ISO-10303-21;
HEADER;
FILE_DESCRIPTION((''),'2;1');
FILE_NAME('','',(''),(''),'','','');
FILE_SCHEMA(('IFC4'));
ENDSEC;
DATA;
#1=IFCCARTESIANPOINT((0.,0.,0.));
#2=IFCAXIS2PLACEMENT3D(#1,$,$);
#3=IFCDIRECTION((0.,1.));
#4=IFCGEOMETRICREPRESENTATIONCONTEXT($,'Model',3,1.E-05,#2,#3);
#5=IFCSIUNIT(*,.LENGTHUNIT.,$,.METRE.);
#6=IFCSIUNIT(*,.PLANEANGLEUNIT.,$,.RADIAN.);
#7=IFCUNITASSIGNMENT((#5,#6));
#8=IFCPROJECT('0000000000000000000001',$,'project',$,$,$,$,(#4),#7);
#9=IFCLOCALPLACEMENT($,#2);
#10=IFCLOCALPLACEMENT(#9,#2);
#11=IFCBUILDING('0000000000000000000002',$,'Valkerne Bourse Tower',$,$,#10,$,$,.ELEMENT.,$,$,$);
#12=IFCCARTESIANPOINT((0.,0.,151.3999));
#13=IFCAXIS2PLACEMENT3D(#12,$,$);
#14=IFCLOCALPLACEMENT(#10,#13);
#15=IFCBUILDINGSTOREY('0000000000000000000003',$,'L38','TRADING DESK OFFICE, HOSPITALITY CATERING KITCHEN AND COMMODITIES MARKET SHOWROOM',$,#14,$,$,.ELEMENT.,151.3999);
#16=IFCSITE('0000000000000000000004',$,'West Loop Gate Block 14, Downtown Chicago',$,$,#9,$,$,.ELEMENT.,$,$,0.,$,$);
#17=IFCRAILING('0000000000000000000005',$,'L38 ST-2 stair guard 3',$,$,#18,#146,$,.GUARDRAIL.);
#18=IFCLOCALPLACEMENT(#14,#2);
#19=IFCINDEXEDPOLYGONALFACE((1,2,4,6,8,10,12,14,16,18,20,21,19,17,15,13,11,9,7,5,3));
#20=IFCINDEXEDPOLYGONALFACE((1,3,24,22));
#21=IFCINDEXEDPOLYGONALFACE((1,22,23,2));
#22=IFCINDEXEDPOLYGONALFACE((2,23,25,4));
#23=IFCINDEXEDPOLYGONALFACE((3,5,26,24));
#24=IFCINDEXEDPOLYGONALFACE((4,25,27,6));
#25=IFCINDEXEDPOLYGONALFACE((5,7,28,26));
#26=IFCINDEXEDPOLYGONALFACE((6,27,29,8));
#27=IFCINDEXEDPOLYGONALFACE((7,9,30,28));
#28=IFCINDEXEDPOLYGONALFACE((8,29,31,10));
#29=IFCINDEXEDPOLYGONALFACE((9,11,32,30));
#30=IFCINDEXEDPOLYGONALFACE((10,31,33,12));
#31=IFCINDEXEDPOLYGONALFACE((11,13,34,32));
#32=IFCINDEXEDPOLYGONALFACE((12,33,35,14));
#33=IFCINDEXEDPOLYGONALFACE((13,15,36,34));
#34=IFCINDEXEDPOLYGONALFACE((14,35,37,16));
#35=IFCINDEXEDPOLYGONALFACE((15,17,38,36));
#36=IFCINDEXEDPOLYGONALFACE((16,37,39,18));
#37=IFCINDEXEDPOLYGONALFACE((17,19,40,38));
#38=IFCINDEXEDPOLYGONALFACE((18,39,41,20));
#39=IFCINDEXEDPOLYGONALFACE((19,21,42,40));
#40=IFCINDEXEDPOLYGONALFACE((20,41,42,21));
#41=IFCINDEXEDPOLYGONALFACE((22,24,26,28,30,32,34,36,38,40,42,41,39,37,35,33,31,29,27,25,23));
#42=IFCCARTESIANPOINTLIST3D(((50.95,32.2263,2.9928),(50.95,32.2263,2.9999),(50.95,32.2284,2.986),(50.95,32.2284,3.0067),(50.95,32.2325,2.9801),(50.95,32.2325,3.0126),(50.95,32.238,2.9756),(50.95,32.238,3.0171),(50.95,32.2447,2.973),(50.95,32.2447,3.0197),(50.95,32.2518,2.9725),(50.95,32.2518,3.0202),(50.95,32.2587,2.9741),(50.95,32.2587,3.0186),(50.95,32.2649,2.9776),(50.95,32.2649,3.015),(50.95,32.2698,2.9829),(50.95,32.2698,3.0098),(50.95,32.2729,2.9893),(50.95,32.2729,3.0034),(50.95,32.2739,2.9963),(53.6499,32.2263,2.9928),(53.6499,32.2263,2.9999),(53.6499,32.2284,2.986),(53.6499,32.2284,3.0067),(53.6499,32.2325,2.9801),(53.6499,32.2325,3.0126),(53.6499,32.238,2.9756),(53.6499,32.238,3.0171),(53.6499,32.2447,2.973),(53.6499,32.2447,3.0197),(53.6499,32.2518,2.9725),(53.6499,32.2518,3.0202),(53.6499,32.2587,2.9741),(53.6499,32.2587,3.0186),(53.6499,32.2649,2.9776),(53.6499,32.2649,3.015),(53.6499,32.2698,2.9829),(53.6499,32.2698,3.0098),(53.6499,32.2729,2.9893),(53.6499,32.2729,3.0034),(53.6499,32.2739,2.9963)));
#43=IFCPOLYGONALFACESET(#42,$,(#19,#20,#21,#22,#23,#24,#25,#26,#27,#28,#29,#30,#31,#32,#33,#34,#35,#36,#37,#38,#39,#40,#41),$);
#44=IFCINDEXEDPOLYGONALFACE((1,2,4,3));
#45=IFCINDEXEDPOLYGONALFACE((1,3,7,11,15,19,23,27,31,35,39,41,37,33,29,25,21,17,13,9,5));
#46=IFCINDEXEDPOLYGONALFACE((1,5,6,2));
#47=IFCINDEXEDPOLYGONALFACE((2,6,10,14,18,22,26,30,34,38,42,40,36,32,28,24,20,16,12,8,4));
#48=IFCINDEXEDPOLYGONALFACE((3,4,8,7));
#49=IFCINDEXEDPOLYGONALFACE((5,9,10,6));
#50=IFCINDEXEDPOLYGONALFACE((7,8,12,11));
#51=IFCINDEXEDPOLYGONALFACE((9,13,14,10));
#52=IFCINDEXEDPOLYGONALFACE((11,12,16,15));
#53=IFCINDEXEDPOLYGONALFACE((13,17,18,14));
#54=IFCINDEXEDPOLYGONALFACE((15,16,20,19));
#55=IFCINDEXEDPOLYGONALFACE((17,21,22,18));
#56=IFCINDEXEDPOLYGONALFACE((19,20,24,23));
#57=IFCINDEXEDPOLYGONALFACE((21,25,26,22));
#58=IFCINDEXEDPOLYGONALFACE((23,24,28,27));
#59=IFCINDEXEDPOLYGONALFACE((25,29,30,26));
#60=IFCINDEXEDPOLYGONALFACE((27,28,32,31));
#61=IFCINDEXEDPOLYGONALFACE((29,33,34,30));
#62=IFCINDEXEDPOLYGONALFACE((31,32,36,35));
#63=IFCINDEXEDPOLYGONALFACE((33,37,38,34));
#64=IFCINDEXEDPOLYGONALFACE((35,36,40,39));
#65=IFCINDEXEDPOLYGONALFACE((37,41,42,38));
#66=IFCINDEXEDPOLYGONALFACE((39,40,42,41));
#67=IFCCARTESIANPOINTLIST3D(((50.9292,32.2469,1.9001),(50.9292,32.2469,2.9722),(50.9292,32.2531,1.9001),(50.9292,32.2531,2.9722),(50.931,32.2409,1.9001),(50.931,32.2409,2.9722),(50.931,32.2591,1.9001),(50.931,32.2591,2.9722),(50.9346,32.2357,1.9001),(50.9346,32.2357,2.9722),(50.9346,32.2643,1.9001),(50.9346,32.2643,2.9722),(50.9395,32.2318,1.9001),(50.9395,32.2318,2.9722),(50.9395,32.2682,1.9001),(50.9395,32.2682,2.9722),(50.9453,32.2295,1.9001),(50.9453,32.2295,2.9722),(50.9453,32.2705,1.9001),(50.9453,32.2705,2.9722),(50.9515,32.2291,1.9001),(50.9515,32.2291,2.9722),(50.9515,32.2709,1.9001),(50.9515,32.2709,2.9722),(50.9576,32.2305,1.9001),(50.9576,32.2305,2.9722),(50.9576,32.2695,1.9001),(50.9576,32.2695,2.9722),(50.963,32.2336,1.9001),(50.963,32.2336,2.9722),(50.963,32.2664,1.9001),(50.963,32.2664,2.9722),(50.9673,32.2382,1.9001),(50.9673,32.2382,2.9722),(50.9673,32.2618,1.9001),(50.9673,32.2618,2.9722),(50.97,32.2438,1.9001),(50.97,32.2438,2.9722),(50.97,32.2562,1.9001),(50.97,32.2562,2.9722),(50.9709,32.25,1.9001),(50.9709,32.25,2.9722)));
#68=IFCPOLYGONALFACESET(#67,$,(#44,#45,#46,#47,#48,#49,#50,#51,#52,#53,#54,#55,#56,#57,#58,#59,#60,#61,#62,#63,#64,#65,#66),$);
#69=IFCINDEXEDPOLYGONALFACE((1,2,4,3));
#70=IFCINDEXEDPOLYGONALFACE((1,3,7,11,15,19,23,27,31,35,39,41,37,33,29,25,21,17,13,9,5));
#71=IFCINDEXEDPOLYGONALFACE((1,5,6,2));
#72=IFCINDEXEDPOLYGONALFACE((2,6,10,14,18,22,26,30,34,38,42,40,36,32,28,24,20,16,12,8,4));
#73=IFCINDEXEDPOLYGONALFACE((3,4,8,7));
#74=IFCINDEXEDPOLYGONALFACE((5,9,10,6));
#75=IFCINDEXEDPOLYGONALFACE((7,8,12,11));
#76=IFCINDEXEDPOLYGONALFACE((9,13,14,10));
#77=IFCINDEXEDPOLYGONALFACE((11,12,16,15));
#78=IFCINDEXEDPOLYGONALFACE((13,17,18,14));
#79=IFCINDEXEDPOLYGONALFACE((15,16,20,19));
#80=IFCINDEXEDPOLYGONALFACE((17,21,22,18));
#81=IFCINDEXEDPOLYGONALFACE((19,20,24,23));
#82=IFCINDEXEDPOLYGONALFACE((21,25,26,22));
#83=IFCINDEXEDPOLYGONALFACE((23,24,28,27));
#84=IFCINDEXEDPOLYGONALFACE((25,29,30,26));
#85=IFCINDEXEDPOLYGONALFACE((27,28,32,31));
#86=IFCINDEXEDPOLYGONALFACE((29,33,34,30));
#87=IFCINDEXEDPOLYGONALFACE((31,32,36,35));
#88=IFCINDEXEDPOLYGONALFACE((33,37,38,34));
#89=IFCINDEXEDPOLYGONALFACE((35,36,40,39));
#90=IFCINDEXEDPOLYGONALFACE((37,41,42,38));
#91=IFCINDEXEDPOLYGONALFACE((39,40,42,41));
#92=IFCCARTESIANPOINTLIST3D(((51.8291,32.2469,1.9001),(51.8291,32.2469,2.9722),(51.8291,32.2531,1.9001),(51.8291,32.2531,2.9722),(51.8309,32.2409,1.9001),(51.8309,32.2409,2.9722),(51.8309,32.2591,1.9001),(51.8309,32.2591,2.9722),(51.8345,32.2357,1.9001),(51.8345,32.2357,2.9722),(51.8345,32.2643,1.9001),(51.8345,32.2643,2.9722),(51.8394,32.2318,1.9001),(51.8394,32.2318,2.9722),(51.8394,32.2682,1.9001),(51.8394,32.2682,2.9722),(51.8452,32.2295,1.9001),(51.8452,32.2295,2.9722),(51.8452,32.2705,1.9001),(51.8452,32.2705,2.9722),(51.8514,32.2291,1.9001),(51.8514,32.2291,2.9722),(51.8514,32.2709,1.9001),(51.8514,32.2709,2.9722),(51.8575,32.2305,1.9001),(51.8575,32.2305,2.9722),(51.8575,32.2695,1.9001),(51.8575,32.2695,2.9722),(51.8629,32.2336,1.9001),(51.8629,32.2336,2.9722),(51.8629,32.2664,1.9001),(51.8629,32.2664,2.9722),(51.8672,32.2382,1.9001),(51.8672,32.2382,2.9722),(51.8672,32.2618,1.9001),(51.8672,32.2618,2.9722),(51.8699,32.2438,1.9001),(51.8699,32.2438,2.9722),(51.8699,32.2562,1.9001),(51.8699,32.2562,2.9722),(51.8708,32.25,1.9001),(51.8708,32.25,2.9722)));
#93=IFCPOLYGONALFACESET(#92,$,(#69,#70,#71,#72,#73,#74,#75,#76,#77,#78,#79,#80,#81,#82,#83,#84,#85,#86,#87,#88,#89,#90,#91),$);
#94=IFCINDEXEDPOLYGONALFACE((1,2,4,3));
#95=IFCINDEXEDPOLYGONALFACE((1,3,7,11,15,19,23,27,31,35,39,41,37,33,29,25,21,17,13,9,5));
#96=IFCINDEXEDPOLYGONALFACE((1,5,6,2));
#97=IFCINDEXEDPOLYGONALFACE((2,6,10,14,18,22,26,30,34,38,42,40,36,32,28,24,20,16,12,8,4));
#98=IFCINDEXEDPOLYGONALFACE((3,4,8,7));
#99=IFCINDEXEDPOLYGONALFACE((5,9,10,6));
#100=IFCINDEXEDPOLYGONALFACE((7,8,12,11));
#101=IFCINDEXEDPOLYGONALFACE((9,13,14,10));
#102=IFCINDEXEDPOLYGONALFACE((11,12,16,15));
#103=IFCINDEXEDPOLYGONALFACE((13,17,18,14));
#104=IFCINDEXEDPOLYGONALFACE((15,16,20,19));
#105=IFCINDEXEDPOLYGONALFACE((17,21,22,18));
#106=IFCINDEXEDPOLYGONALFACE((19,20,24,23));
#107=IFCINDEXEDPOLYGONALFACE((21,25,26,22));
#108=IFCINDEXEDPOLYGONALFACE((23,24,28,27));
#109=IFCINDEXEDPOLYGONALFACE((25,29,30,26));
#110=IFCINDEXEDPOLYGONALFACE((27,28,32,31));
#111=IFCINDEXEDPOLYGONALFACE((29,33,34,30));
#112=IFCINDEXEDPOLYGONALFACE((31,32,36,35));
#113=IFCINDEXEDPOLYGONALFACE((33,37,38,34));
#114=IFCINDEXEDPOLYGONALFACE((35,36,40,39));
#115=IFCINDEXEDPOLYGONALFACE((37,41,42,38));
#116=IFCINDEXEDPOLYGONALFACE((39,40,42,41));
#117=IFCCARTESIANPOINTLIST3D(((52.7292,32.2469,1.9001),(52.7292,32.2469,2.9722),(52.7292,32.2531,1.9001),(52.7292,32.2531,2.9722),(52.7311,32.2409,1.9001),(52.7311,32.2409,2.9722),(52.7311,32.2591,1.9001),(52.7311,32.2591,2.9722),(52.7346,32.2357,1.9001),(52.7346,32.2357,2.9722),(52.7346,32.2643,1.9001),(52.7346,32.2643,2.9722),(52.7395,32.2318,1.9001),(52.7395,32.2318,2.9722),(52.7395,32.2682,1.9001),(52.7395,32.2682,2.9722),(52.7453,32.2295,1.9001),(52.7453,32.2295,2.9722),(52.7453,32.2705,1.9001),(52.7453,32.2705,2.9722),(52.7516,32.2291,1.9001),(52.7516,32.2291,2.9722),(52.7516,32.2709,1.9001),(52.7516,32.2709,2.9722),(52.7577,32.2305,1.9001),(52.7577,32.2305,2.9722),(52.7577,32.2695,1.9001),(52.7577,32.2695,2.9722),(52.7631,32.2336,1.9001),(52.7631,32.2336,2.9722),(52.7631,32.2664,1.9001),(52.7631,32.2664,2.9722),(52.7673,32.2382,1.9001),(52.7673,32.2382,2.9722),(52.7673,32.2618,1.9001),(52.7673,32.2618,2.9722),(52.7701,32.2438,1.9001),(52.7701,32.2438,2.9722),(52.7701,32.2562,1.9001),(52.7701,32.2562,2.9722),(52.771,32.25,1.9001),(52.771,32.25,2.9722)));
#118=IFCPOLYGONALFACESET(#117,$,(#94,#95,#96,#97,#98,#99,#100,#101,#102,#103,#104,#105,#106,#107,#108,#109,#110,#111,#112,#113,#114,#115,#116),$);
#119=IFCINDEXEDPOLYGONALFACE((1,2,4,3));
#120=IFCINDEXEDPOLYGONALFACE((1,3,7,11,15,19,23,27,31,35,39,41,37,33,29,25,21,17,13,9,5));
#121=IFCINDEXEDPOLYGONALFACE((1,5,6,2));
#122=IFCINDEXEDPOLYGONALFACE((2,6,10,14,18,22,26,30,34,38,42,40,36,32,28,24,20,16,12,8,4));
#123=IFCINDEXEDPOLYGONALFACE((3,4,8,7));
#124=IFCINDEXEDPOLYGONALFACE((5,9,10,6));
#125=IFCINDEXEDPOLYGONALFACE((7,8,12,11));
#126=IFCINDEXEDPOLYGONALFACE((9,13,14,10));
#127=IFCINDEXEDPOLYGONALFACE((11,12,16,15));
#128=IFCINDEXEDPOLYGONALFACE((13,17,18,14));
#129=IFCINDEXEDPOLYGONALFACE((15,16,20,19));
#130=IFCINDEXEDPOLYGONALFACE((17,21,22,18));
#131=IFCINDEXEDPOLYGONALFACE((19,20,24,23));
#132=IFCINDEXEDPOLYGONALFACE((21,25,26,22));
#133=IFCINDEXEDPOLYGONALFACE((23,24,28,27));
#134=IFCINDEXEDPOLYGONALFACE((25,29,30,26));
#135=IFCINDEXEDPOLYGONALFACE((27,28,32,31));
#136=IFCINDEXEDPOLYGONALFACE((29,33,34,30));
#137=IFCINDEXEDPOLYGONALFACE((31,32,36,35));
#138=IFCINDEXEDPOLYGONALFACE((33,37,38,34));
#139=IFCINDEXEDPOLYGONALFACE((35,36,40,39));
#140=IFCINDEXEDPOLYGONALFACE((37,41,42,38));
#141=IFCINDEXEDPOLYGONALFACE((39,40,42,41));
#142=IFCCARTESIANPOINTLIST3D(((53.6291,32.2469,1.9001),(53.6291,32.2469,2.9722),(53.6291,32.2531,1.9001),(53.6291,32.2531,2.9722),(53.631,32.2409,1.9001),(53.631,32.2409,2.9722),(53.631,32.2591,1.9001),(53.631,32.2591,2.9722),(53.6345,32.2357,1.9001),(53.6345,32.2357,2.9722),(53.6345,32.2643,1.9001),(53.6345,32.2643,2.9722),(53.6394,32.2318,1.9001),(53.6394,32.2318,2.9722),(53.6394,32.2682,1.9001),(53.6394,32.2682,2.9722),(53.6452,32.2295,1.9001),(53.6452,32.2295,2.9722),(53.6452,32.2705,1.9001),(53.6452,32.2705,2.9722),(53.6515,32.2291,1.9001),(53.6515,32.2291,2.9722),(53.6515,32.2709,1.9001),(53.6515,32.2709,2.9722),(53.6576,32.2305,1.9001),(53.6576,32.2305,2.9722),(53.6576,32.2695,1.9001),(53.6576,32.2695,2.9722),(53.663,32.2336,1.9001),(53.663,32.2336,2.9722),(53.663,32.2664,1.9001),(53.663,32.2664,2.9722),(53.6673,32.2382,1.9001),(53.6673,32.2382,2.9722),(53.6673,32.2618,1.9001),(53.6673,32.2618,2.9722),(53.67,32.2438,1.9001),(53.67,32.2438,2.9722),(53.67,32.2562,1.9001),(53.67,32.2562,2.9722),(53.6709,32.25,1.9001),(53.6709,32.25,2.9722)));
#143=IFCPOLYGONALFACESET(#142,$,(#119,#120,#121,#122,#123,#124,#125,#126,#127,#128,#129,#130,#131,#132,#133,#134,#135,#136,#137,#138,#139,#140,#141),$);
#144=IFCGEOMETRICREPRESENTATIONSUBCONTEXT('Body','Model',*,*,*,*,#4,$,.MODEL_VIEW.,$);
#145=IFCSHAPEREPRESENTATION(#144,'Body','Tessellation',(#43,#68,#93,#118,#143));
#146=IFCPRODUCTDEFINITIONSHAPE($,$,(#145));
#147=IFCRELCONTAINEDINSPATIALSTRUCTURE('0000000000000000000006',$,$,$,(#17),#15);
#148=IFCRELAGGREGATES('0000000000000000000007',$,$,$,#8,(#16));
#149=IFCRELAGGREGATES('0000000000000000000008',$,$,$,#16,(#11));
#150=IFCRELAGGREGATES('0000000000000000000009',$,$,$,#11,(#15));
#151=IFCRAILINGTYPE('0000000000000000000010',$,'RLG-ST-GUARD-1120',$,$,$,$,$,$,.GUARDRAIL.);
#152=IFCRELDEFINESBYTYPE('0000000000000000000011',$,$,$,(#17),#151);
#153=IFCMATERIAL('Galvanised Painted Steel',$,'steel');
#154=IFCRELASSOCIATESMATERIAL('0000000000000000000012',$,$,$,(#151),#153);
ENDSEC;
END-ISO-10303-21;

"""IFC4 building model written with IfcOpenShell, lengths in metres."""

from ifc_helpers import new_model, si_unit, direction, frame, origin, origin_2d, place, context, subcontext, project, spatial, circle, extrude, material, type_object, element, save


model = new_model("IFC4")

# Units and contexts
model_context = context("Model", 3, precision=1e-05, world=origin(), true_north=direction((0.0, 1.0)))
body_context = subcontext(model_context, "Body", "Model", "MODEL_VIEW")
ifc_project = project(units=[si_unit("LENGTHUNIT", "METRE"), si_unit("PLANEANGLEUNIT", "RADIAN")], contexts=[model_context])

# Site, building, storey
site_placement = place(None, origin())
site = spatial("IfcSite", under=ifc_project, at=site_placement, Name="West Loop Gate Block 14, Downtown Chicago", CompositionType="ELEMENT", RefElevation=0.0)
building_placement = place(site_placement, origin())
building = spatial("IfcBuilding", under=site, at=building_placement, Name="Valkerne Bourse Tower", CompositionType="ELEMENT")
storey_placement = place(building_placement, frame((0.0, 0.0, 151.3999)))
storey = spatial("IfcBuildingStorey", under=building, at=storey_placement, Name="L38", Description="TRADING DESK OFFICE, HOSPITALITY CATERING KITCHEN AND COMMODITIES MARKET SHOWROOM", CompositionType="ELEMENT", Elevation=151.3999)

# Shared definitions
ifc_material_1 = material(Name="Galvanised Painted Steel", Category="steel")

# Railing
railing_type_1 = type_object("IfcRailingType", Name="RLG-ST-GUARD-1120", PredefinedType="GUARDRAIL", material=ifc_material_1)
for number, where, name in (
    (1, (50.95, 32.25, 1.9001), "L38 ST-2 stair guard 3"),
):
    element("IfcRailing", number, at=place(storey_placement, frame(where)), inside=storey, type_object=railing_type_1, Name=name, PredefinedType="GUARDRAIL", context=body_context, shape_type="SweptSolid", body=[
        extrude(circle(Radius=0.0239, at=origin_2d()), frame((0.0, 0.0, 1.0962), z_axis=(1.0, 0.0, 0.0), x_axis=(0.0, 1.0, 0.0)), (0.0, 0.0, 1.0), 2.7),
        extrude(circle(Radius=0.021, at=origin_2d()), origin(), (0.0, 0.0, 1.0), 1.072),
        extrude(circle(Radius=0.021, at=origin_2d()), frame((0.8999, 0.0, 0.0)), (0.0, 0.0, 1.0), 1.072),
        extrude(circle(Radius=0.021, at=origin_2d()), frame((1.8, 0.0, 0.0)), (0.0, 0.0, 1.0), 1.072),
        extrude(circle(Radius=0.021, at=origin_2d()), frame((2.7, 0.0, 0.0)), (0.0, 0.0, 1.0), 1.072),
    ])

save(model, "model.ifc")
